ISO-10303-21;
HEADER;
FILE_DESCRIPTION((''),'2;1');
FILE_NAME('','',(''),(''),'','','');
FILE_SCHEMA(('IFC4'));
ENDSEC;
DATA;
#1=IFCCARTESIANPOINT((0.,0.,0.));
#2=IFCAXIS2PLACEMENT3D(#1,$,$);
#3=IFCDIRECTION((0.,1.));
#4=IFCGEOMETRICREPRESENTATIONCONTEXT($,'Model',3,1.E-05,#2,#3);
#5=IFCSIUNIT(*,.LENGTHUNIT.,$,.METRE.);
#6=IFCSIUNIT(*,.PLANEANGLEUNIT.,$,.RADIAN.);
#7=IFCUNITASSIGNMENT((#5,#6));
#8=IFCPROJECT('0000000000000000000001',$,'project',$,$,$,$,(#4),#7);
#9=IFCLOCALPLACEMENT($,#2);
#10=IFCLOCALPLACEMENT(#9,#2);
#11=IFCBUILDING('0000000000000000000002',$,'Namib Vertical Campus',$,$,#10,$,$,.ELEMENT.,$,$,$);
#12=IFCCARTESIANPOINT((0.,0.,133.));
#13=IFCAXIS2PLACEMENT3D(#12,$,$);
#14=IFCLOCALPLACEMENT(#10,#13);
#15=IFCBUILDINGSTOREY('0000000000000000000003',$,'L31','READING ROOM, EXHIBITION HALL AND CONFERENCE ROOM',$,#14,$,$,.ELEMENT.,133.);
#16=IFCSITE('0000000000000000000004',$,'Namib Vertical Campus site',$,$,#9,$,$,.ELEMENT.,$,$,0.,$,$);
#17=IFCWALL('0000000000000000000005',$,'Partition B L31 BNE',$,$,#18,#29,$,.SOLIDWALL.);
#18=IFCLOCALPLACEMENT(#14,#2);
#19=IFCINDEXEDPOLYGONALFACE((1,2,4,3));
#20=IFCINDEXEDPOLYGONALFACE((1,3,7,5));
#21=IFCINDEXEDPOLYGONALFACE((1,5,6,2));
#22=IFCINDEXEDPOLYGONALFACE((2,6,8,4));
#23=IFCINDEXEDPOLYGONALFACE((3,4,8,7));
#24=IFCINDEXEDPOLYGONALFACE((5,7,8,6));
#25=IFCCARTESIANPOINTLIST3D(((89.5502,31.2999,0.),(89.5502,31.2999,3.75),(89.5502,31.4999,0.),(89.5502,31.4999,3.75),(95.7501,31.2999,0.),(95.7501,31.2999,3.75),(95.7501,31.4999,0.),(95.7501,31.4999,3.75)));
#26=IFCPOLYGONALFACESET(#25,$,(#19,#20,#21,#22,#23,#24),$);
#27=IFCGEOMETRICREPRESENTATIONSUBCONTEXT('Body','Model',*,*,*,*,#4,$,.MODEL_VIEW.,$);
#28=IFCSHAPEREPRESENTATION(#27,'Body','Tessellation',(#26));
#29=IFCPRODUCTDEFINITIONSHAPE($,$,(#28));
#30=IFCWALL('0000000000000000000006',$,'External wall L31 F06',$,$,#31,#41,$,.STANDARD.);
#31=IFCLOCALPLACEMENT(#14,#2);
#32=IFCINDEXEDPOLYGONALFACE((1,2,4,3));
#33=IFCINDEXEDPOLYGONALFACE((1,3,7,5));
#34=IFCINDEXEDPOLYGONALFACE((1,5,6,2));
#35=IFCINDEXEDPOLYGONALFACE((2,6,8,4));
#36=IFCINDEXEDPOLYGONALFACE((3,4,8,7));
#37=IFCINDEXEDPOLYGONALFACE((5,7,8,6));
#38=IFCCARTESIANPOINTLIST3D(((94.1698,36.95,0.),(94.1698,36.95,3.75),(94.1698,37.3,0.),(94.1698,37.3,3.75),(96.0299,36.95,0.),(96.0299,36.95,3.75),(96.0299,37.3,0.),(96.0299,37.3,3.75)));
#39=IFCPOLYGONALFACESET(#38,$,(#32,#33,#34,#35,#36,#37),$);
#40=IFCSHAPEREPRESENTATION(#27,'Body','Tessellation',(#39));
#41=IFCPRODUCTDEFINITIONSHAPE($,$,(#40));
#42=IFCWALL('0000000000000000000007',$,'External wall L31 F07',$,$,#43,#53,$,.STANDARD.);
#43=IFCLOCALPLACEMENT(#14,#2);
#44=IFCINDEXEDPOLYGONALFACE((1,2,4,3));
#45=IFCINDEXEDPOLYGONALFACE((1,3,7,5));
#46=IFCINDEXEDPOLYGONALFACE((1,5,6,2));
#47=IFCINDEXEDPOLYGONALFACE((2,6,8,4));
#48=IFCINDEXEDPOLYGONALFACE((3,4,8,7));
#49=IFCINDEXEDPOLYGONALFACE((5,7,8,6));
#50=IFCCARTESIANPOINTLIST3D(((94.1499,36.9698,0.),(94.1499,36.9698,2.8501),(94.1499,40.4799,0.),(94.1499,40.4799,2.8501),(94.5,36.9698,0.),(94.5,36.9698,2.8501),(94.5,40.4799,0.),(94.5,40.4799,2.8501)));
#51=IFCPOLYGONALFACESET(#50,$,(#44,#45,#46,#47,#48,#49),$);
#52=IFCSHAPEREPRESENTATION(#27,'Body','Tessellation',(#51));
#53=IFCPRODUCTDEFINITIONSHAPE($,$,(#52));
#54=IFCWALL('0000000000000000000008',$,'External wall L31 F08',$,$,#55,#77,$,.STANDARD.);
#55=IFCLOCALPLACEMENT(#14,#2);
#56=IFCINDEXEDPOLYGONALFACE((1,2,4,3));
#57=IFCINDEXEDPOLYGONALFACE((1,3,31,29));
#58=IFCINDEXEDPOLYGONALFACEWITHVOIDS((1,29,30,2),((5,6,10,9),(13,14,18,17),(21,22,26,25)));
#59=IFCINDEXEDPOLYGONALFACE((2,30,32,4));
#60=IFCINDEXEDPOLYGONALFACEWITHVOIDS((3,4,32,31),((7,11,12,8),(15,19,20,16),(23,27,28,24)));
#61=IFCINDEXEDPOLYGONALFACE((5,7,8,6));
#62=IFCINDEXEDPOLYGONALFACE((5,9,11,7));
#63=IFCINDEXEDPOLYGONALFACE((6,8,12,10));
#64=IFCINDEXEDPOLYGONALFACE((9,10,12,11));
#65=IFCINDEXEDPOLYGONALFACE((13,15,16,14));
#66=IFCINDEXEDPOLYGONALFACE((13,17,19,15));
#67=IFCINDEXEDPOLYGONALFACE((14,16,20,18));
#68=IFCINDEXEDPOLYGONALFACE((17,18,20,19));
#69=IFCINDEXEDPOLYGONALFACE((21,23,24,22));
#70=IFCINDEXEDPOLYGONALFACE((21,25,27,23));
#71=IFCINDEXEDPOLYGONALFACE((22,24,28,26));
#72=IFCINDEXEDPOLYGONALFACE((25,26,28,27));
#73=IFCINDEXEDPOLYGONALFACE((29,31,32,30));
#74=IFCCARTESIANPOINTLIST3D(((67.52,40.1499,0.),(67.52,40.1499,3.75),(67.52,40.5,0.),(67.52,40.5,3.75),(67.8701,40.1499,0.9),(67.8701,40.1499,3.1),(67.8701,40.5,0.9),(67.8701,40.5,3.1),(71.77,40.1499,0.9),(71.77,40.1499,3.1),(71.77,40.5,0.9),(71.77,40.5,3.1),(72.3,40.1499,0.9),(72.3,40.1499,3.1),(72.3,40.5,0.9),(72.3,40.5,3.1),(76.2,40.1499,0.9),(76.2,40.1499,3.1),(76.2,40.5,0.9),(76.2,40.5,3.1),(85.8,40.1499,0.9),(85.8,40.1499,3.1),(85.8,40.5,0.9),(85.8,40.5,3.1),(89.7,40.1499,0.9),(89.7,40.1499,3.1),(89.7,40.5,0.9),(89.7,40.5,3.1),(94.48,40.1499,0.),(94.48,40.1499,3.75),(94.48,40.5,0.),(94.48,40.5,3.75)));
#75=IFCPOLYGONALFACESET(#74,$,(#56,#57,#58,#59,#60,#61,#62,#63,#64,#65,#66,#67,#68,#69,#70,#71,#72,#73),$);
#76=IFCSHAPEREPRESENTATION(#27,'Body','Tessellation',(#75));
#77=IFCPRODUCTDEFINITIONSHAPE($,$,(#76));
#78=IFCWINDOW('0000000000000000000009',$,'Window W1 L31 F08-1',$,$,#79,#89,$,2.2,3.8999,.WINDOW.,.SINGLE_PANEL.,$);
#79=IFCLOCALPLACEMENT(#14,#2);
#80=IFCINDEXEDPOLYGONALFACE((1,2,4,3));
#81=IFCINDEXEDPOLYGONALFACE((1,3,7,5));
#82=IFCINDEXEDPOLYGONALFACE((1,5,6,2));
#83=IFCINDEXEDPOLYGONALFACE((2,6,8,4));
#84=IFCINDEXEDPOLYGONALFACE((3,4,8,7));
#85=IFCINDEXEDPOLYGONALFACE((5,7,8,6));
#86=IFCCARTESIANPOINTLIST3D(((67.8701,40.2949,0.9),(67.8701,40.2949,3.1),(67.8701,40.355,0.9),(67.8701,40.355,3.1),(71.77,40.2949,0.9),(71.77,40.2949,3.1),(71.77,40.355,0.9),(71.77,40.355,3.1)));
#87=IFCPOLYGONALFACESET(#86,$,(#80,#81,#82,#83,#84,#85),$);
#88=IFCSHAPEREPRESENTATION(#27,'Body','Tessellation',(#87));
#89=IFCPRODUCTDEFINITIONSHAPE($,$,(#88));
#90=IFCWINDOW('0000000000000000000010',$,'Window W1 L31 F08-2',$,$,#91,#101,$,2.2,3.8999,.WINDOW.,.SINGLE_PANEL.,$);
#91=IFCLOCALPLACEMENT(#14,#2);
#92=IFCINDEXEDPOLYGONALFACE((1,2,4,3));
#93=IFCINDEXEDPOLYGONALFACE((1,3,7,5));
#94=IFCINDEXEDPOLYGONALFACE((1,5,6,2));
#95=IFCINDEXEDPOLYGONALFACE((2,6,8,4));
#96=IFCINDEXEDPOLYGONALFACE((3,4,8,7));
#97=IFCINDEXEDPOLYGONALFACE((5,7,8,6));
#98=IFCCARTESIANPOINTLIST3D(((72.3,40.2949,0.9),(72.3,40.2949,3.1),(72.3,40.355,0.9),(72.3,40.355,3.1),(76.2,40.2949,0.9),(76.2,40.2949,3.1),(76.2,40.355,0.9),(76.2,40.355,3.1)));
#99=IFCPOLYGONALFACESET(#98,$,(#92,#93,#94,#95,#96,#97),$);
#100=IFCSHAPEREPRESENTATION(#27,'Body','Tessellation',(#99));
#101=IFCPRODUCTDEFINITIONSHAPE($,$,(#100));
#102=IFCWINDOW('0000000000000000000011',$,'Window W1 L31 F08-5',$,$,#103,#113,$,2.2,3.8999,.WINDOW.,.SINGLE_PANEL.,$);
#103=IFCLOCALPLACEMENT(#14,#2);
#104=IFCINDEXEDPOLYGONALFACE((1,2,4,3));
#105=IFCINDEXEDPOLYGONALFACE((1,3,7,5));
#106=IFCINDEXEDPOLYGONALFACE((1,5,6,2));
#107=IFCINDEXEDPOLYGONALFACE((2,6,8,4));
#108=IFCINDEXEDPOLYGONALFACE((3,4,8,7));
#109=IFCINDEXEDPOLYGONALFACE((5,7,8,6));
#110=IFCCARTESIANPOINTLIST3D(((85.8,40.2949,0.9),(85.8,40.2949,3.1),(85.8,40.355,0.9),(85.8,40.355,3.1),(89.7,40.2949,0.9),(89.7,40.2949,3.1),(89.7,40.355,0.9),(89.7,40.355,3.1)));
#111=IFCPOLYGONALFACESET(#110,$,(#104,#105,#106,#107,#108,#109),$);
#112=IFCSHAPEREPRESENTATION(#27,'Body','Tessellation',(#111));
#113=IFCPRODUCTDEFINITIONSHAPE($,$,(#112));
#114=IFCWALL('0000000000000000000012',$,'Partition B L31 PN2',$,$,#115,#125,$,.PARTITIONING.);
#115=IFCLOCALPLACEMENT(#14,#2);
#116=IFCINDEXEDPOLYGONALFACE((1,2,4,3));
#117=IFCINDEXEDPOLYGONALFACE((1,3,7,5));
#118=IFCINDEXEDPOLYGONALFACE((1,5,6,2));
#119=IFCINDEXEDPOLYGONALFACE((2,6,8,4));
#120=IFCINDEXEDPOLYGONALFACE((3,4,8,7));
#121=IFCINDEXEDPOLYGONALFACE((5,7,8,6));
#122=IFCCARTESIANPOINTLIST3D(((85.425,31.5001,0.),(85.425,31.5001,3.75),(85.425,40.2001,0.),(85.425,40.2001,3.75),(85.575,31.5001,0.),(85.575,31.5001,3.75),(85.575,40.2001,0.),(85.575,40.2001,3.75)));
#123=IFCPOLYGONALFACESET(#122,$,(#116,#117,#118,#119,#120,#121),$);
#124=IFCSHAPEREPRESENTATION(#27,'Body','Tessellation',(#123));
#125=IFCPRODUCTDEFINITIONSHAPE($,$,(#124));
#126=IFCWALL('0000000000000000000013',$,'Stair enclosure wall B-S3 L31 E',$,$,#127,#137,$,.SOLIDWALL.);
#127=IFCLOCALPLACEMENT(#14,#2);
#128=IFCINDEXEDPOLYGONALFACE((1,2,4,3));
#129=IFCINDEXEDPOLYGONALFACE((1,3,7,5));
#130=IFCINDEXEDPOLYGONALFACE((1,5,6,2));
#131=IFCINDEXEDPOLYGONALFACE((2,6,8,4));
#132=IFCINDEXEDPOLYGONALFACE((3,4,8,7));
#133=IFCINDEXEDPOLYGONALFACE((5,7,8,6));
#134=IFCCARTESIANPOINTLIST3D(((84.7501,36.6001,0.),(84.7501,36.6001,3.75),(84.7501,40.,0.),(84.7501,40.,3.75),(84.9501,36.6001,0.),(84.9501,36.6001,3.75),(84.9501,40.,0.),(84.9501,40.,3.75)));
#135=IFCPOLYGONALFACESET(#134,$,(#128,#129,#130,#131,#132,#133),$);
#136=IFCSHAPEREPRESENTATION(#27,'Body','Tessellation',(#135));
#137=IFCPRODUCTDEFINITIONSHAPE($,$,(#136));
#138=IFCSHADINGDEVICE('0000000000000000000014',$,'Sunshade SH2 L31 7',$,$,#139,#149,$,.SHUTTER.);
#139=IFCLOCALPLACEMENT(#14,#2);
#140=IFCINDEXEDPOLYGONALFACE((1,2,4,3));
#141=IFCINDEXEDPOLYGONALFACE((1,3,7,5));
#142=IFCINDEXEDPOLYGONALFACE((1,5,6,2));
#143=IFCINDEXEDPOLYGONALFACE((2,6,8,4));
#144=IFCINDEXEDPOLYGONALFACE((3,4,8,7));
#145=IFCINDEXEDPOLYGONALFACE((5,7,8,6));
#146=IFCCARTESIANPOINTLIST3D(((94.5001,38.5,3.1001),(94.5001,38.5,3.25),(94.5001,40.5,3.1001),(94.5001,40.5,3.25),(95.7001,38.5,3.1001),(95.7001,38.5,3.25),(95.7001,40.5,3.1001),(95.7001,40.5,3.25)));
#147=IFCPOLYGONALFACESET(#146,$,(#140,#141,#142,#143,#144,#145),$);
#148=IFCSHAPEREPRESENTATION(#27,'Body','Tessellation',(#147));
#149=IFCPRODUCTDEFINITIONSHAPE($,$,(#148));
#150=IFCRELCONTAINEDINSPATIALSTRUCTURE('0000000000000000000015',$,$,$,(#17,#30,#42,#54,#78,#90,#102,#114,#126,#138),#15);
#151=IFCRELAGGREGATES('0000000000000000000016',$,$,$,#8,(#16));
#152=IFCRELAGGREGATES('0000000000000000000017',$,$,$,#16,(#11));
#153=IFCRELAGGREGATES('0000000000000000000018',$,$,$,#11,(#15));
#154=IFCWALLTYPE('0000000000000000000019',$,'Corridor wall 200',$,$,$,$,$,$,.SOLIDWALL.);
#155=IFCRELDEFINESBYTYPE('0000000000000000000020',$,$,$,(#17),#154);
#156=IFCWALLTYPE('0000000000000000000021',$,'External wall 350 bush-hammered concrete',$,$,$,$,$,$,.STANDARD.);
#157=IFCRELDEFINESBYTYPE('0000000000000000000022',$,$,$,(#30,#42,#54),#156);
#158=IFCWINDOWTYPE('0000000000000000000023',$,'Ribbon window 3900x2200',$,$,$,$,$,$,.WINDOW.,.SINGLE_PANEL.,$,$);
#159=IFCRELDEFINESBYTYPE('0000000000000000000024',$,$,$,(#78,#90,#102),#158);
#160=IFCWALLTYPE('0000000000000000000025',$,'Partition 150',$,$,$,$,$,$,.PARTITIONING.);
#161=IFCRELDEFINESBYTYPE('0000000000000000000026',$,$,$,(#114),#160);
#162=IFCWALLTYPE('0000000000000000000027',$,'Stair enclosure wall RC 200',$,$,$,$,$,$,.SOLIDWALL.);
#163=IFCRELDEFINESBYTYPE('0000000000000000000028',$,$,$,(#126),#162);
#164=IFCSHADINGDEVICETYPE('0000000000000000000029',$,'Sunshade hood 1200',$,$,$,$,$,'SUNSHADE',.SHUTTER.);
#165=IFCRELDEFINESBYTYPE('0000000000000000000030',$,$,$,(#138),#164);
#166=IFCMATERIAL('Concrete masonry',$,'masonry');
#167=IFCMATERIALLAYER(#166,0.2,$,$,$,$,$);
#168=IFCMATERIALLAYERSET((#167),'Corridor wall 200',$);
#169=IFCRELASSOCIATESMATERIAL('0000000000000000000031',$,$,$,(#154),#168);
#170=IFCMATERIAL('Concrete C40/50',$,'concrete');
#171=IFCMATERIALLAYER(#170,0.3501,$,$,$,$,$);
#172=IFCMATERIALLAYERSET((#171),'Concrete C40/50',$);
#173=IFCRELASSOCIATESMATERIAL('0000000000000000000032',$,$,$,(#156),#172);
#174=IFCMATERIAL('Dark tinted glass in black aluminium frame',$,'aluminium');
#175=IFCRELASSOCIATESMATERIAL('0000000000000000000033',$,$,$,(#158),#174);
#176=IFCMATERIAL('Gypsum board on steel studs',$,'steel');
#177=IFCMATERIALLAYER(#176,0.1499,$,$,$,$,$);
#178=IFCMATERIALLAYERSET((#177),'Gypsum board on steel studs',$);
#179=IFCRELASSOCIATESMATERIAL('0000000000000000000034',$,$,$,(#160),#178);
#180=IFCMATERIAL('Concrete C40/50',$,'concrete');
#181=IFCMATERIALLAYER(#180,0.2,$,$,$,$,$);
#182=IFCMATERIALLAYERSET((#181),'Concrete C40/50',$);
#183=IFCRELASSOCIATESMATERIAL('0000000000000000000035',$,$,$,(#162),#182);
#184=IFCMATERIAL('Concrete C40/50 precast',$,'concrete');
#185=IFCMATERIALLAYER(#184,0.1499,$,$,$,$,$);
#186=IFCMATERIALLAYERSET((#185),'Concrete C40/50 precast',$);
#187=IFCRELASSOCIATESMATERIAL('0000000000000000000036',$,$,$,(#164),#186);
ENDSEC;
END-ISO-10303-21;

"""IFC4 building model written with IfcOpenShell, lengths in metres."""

from ifc_helpers import new_model, si_unit, direction, frame, frame_2d, origin, origin_2d, place, context, subcontext, project, spatial, rectangle, extrude, material, layer, layer_set, type_object, element, fill, save


model = new_model("IFC4")

# Units and contexts
model_context = context("Model", 3, precision=1e-05, world=origin(), true_north=direction((0.0, 1.0)))
body_context = subcontext(model_context, "Body", "Model", "MODEL_VIEW")
ifc_project = project(units=[si_unit("LENGTHUNIT", "METRE"), si_unit("PLANEANGLEUNIT", "RADIAN")], contexts=[model_context])

# Site, building, storey
site_placement = place(None, origin())
site = spatial("IfcSite", under=ifc_project, at=site_placement, Name="Namib Vertical Campus site", CompositionType="ELEMENT", RefElevation=0.0)
building_placement = place(site_placement, origin())
building = spatial("IfcBuilding", under=site, at=building_placement, Name="Namib Vertical Campus", CompositionType="ELEMENT")
storey_placement = place(building_placement, frame((0.0, 0.0, 133.0)))
storey = spatial("IfcBuildingStorey", under=building, at=storey_placement, Name="L31", Description="READING ROOM, EXHIBITION HALL AND CONFERENCE ROOM", CompositionType="ELEMENT", Elevation=133.0)

# Shared definitions
ifc_material_1 = material(Name="Concrete masonry", Category="masonry")
ifc_layer_1 = layer(ifc_material_1, 0.2)
ifc_layer_set_1 = layer_set([ifc_layer_1], Name="Corridor wall 200")
wall_type_1 = type_object("IfcWallType", Name="Corridor wall 200", PredefinedType="SOLIDWALL", material=ifc_layer_set_1)

# Walls
wall_1_placement = place(storey_placement, frame((89.55, 31.3999, 0.0), z_axis=(0.0, 0.0, 1.0), x_axis=(1.0, 0.0, 0.0)))
element("IfcWall", 1, at=wall_1_placement, inside=storey, type_object=wall_type_1, Name="Partition B L31 BNE", PredefinedType="SOLIDWALL", context=body_context, shape_type="SweptSolid", body=[
    extrude(rectangle(XDim=6.2, YDim=0.2, at=frame_2d((3.1001, 0.0))), origin(), (0.0, 0.0, 1.0), 3.75),
])
ifc_material_2 = material(Name="Concrete C40/50", Category="concrete")
ifc_layer_2 = layer(ifc_material_2, 0.3501)
ifc_layer_set_2 = layer_set([ifc_layer_2], Name="Concrete C40/50")
wall_type_2 = type_object("IfcWallType", Name="External wall 350 bush-hammered concrete", PredefinedType="STANDARD", material=ifc_layer_set_2)
wall_2_placement = place(storey_placement, frame((96.03, 37.125, 0.0), z_axis=(0.0, 0.0, 1.0), x_axis=(-1.0, 0.0, 0.0)))
element("IfcWall", 2, at=wall_2_placement, inside=storey, type_object=wall_type_2, Name="External wall L31 F06", PredefinedType="STANDARD", context=body_context, shape_type="SweptSolid", body=[
    extrude(rectangle(XDim=1.8601, YDim=0.3501, at=frame_2d((0.9302, 0.0))), origin(), (0.0, 0.0, 1.0), 3.75),
])
wall_3_placement = place(storey_placement, frame((94.325, 36.97, 0.0), z_axis=(0.0, 0.0, 1.0), x_axis=(0.0, 1.0, 0.0)))
element("IfcWall", 3, at=wall_3_placement, inside=storey, type_object=wall_type_2, Name="External wall L31 F07", PredefinedType="STANDARD", context=body_context, shape_type="SweptSolid", body=[
    extrude(rectangle(XDim=3.51, YDim=0.3501, at=frame_2d((1.7549, 0.0))), origin(), (0.0, 0.0, 1.0), 2.8501),
])

# Wall, openings, windows
wall_4_placement = place(storey_placement, frame((94.48, 40.325, 0.0), z_axis=(0.0, 0.0, 1.0), x_axis=(-1.0, 0.0, 0.0)))
wall_4 = element("IfcWall", 4, at=wall_4_placement, inside=storey, type_object=wall_type_2, Name="External wall L31 F08", PredefinedType="STANDARD", context=body_context, shape_type="SweptSolid", body=[
    extrude(rectangle(XDim=26.96, YDim=0.3501, at=frame_2d((13.48, 0.0))), origin(), (0.0, 0.0, 1.0), 3.75),
])
opening_1_placement = place(wall_4_placement, frame((22.71, 0.0, 0.8999)))
opening_1 = element("IfcOpeningElement", 5, at=opening_1_placement, cuts=wall_4, PredefinedType="OPENING", context=body_context, shape_type="SweptSolid", body=[
    extrude(rectangle(XDim=3.8999, YDim=2.2, at=frame_2d((1.95, 1.1001))), frame((0.0, 0.1851, 0.0), z_axis=(0.0, -1.0, 0.0), x_axis=(1.0, 0.0, 0.0)), (0.0, 0.0, 1.0), 0.3701),
])
opening_2_placement = place(wall_4_placement, frame((18.28, 0.0, 0.8999)))
opening_2 = element("IfcOpeningElement", 6, at=opening_2_placement, cuts=wall_4, PredefinedType="OPENING", context=body_context, shape_type="SweptSolid", body=[
    extrude(rectangle(XDim=3.8999, YDim=2.2, at=frame_2d((1.95, 1.1001))), frame((0.0, 0.1851, 0.0), z_axis=(0.0, -1.0, 0.0), x_axis=(1.0, 0.0, 0.0)), (0.0, 0.0, 1.0), 0.3701),
])
opening_3_placement = place(wall_4_placement, frame((4.78, 0.0, 0.8999)))
opening_3 = element("IfcOpeningElement", 7, at=opening_3_placement, cuts=wall_4, PredefinedType="OPENING", context=body_context, shape_type="SweptSolid", body=[
    extrude(rectangle(XDim=3.8999, YDim=2.2, at=frame_2d((1.95, 1.1001))), frame((0.0, 0.1851, 0.0), z_axis=(0.0, -1.0, 0.0), x_axis=(1.0, 0.0, 0.0)), (0.0, 0.0, 1.0), 0.3701),
])
ifc_material_3 = material(Name="Dark tinted glass in black aluminium frame", Category="aluminium")
window_type = type_object("IfcWindowType", Name="Ribbon window 3900x2200", PartitioningType="SINGLE_PANEL", PredefinedType="WINDOW", material=ifc_material_3)
window_1_placement = place(opening_1_placement, origin())
window_1 = element("IfcWindow", 8, at=window_1_placement, inside=storey, type_object=window_type, Name="Window W1 L31 F08-1", OverallHeight=2.2, OverallWidth=3.8999, PartitioningType="SINGLE_PANEL", PredefinedType="WINDOW", context=body_context, shape_type="SweptSolid", body=[
    extrude(rectangle(XDim=3.8999, YDim=2.2, at=frame_2d((1.95, 1.1001))), frame((0.0, 0.03, 0.0), z_axis=(0.0, -1.0, 0.0), x_axis=(1.0, 0.0, 0.0)), (0.0, 0.0, 1.0), 0.0601),
])
fill(opening_1, window_1)
window_2_placement = place(opening_2_placement, origin())
window_2 = element("IfcWindow", 9, at=window_2_placement, inside=storey, type_object=window_type, Name="Window W1 L31 F08-2", OverallHeight=2.2, OverallWidth=3.8999, PartitioningType="SINGLE_PANEL", PredefinedType="WINDOW", context=body_context, shape_type="SweptSolid", body=[
    extrude(rectangle(XDim=3.8999, YDim=2.2, at=frame_2d((1.95, 1.1001))), frame((0.0, 0.03, 0.0), z_axis=(0.0, -1.0, 0.0), x_axis=(1.0, 0.0, 0.0)), (0.0, 0.0, 1.0), 0.0601),
])
fill(opening_2, window_2)
window_3_placement = place(opening_3_placement, origin())
window_3 = element("IfcWindow", 10, at=window_3_placement, inside=storey, type_object=window_type, Name="Window W1 L31 F08-5", OverallHeight=2.2, OverallWidth=3.8999, PartitioningType="SINGLE_PANEL", PredefinedType="WINDOW", context=body_context, shape_type="SweptSolid", body=[
    extrude(rectangle(XDim=3.8999, YDim=2.2, at=frame_2d((1.95, 1.1001))), frame((0.0, 0.03, 0.0), z_axis=(0.0, -1.0, 0.0), x_axis=(1.0, 0.0, 0.0)), (0.0, 0.0, 1.0), 0.0601),
])
fill(opening_3, window_3)

# Walls
ifc_material_4 = material(Name="Gypsum board on steel studs", Category="steel")
ifc_layer_3 = layer(ifc_material_4, 0.1499)
ifc_layer_set_3 = layer_set([ifc_layer_3], Name="Gypsum board on steel studs")
wall_type_3 = type_object("IfcWallType", Name="Partition 150", PredefinedType="PARTITIONING", material=ifc_layer_set_3)
wall_5_placement = place(storey_placement, frame((85.5, 31.5, 0.0), z_axis=(0.0, 0.0, 1.0), x_axis=(0.0, 1.0, 0.0)))
element("IfcWall", 11, at=wall_5_placement, inside=storey, type_object=wall_type_3, Name="Partition B L31 PN2", PredefinedType="PARTITIONING", context=body_context, shape_type="SweptSolid", body=[
    extrude(rectangle(XDim=8.7, YDim=0.1499, at=frame_2d((4.3501, 0.0))), origin(), (0.0, 0.0, 1.0), 3.75),
])
ifc_material_5 = material(Name="Concrete C40/50", Category="concrete")
ifc_layer_4 = layer(ifc_material_5, 0.2)
ifc_layer_set_4 = layer_set([ifc_layer_4], Name="Concrete C40/50")
wall_type_4 = type_object("IfcWallType", Name="Stair enclosure wall RC 200", PredefinedType="SOLIDWALL", material=ifc_layer_set_4)
wall_6_placement = place(storey_placement, frame((84.8501, 36.6001, 0.0), z_axis=(0.0, 0.0, 1.0), x_axis=(0.0, 1.0, 0.0)))
element("IfcWall", 12, at=wall_6_placement, inside=storey, type_object=wall_type_4, Name="Stair enclosure wall B-S3 L31 E", PredefinedType="SOLIDWALL", context=body_context, shape_type="SweptSolid", body=[
    extrude(rectangle(XDim=3.3999, YDim=0.2, at=frame_2d((1.7, 0.0))), origin(), (0.0, 0.0, 1.0), 3.75),
])

# Shading device
ifc_material_6 = material(Name="Concrete C40/50 precast", Category="concrete")
ifc_layer_5 = layer(ifc_material_6, 0.1499)
ifc_layer_set_5 = layer_set([ifc_layer_5], Name="Concrete C40/50 precast")
shading_device_type = type_object("IfcShadingDeviceType", Name="Sunshade hood 1200", ElementType="SUNSHADE", PredefinedType="SHUTTER", material=ifc_layer_set_5)
shading_device_placement = place(storey_placement, frame((95.1001, 39.5, 3.1001), z_axis=(0.0, 0.0, 1.0), x_axis=(0.0, 1.0, 0.0)))
element("IfcShadingDevice", 13, at=shading_device_placement, inside=storey, type_object=shading_device_type, Name="Sunshade SH2 L31 7", PredefinedType="SHUTTER", context=body_context, shape_type="SweptSolid", body=[
    extrude(rectangle(XDim=2.0, YDim=1.2, at=origin_2d()), origin(), (0.0, 0.0, 1.0), 0.1499),
])

save(model, "model.ifc")
